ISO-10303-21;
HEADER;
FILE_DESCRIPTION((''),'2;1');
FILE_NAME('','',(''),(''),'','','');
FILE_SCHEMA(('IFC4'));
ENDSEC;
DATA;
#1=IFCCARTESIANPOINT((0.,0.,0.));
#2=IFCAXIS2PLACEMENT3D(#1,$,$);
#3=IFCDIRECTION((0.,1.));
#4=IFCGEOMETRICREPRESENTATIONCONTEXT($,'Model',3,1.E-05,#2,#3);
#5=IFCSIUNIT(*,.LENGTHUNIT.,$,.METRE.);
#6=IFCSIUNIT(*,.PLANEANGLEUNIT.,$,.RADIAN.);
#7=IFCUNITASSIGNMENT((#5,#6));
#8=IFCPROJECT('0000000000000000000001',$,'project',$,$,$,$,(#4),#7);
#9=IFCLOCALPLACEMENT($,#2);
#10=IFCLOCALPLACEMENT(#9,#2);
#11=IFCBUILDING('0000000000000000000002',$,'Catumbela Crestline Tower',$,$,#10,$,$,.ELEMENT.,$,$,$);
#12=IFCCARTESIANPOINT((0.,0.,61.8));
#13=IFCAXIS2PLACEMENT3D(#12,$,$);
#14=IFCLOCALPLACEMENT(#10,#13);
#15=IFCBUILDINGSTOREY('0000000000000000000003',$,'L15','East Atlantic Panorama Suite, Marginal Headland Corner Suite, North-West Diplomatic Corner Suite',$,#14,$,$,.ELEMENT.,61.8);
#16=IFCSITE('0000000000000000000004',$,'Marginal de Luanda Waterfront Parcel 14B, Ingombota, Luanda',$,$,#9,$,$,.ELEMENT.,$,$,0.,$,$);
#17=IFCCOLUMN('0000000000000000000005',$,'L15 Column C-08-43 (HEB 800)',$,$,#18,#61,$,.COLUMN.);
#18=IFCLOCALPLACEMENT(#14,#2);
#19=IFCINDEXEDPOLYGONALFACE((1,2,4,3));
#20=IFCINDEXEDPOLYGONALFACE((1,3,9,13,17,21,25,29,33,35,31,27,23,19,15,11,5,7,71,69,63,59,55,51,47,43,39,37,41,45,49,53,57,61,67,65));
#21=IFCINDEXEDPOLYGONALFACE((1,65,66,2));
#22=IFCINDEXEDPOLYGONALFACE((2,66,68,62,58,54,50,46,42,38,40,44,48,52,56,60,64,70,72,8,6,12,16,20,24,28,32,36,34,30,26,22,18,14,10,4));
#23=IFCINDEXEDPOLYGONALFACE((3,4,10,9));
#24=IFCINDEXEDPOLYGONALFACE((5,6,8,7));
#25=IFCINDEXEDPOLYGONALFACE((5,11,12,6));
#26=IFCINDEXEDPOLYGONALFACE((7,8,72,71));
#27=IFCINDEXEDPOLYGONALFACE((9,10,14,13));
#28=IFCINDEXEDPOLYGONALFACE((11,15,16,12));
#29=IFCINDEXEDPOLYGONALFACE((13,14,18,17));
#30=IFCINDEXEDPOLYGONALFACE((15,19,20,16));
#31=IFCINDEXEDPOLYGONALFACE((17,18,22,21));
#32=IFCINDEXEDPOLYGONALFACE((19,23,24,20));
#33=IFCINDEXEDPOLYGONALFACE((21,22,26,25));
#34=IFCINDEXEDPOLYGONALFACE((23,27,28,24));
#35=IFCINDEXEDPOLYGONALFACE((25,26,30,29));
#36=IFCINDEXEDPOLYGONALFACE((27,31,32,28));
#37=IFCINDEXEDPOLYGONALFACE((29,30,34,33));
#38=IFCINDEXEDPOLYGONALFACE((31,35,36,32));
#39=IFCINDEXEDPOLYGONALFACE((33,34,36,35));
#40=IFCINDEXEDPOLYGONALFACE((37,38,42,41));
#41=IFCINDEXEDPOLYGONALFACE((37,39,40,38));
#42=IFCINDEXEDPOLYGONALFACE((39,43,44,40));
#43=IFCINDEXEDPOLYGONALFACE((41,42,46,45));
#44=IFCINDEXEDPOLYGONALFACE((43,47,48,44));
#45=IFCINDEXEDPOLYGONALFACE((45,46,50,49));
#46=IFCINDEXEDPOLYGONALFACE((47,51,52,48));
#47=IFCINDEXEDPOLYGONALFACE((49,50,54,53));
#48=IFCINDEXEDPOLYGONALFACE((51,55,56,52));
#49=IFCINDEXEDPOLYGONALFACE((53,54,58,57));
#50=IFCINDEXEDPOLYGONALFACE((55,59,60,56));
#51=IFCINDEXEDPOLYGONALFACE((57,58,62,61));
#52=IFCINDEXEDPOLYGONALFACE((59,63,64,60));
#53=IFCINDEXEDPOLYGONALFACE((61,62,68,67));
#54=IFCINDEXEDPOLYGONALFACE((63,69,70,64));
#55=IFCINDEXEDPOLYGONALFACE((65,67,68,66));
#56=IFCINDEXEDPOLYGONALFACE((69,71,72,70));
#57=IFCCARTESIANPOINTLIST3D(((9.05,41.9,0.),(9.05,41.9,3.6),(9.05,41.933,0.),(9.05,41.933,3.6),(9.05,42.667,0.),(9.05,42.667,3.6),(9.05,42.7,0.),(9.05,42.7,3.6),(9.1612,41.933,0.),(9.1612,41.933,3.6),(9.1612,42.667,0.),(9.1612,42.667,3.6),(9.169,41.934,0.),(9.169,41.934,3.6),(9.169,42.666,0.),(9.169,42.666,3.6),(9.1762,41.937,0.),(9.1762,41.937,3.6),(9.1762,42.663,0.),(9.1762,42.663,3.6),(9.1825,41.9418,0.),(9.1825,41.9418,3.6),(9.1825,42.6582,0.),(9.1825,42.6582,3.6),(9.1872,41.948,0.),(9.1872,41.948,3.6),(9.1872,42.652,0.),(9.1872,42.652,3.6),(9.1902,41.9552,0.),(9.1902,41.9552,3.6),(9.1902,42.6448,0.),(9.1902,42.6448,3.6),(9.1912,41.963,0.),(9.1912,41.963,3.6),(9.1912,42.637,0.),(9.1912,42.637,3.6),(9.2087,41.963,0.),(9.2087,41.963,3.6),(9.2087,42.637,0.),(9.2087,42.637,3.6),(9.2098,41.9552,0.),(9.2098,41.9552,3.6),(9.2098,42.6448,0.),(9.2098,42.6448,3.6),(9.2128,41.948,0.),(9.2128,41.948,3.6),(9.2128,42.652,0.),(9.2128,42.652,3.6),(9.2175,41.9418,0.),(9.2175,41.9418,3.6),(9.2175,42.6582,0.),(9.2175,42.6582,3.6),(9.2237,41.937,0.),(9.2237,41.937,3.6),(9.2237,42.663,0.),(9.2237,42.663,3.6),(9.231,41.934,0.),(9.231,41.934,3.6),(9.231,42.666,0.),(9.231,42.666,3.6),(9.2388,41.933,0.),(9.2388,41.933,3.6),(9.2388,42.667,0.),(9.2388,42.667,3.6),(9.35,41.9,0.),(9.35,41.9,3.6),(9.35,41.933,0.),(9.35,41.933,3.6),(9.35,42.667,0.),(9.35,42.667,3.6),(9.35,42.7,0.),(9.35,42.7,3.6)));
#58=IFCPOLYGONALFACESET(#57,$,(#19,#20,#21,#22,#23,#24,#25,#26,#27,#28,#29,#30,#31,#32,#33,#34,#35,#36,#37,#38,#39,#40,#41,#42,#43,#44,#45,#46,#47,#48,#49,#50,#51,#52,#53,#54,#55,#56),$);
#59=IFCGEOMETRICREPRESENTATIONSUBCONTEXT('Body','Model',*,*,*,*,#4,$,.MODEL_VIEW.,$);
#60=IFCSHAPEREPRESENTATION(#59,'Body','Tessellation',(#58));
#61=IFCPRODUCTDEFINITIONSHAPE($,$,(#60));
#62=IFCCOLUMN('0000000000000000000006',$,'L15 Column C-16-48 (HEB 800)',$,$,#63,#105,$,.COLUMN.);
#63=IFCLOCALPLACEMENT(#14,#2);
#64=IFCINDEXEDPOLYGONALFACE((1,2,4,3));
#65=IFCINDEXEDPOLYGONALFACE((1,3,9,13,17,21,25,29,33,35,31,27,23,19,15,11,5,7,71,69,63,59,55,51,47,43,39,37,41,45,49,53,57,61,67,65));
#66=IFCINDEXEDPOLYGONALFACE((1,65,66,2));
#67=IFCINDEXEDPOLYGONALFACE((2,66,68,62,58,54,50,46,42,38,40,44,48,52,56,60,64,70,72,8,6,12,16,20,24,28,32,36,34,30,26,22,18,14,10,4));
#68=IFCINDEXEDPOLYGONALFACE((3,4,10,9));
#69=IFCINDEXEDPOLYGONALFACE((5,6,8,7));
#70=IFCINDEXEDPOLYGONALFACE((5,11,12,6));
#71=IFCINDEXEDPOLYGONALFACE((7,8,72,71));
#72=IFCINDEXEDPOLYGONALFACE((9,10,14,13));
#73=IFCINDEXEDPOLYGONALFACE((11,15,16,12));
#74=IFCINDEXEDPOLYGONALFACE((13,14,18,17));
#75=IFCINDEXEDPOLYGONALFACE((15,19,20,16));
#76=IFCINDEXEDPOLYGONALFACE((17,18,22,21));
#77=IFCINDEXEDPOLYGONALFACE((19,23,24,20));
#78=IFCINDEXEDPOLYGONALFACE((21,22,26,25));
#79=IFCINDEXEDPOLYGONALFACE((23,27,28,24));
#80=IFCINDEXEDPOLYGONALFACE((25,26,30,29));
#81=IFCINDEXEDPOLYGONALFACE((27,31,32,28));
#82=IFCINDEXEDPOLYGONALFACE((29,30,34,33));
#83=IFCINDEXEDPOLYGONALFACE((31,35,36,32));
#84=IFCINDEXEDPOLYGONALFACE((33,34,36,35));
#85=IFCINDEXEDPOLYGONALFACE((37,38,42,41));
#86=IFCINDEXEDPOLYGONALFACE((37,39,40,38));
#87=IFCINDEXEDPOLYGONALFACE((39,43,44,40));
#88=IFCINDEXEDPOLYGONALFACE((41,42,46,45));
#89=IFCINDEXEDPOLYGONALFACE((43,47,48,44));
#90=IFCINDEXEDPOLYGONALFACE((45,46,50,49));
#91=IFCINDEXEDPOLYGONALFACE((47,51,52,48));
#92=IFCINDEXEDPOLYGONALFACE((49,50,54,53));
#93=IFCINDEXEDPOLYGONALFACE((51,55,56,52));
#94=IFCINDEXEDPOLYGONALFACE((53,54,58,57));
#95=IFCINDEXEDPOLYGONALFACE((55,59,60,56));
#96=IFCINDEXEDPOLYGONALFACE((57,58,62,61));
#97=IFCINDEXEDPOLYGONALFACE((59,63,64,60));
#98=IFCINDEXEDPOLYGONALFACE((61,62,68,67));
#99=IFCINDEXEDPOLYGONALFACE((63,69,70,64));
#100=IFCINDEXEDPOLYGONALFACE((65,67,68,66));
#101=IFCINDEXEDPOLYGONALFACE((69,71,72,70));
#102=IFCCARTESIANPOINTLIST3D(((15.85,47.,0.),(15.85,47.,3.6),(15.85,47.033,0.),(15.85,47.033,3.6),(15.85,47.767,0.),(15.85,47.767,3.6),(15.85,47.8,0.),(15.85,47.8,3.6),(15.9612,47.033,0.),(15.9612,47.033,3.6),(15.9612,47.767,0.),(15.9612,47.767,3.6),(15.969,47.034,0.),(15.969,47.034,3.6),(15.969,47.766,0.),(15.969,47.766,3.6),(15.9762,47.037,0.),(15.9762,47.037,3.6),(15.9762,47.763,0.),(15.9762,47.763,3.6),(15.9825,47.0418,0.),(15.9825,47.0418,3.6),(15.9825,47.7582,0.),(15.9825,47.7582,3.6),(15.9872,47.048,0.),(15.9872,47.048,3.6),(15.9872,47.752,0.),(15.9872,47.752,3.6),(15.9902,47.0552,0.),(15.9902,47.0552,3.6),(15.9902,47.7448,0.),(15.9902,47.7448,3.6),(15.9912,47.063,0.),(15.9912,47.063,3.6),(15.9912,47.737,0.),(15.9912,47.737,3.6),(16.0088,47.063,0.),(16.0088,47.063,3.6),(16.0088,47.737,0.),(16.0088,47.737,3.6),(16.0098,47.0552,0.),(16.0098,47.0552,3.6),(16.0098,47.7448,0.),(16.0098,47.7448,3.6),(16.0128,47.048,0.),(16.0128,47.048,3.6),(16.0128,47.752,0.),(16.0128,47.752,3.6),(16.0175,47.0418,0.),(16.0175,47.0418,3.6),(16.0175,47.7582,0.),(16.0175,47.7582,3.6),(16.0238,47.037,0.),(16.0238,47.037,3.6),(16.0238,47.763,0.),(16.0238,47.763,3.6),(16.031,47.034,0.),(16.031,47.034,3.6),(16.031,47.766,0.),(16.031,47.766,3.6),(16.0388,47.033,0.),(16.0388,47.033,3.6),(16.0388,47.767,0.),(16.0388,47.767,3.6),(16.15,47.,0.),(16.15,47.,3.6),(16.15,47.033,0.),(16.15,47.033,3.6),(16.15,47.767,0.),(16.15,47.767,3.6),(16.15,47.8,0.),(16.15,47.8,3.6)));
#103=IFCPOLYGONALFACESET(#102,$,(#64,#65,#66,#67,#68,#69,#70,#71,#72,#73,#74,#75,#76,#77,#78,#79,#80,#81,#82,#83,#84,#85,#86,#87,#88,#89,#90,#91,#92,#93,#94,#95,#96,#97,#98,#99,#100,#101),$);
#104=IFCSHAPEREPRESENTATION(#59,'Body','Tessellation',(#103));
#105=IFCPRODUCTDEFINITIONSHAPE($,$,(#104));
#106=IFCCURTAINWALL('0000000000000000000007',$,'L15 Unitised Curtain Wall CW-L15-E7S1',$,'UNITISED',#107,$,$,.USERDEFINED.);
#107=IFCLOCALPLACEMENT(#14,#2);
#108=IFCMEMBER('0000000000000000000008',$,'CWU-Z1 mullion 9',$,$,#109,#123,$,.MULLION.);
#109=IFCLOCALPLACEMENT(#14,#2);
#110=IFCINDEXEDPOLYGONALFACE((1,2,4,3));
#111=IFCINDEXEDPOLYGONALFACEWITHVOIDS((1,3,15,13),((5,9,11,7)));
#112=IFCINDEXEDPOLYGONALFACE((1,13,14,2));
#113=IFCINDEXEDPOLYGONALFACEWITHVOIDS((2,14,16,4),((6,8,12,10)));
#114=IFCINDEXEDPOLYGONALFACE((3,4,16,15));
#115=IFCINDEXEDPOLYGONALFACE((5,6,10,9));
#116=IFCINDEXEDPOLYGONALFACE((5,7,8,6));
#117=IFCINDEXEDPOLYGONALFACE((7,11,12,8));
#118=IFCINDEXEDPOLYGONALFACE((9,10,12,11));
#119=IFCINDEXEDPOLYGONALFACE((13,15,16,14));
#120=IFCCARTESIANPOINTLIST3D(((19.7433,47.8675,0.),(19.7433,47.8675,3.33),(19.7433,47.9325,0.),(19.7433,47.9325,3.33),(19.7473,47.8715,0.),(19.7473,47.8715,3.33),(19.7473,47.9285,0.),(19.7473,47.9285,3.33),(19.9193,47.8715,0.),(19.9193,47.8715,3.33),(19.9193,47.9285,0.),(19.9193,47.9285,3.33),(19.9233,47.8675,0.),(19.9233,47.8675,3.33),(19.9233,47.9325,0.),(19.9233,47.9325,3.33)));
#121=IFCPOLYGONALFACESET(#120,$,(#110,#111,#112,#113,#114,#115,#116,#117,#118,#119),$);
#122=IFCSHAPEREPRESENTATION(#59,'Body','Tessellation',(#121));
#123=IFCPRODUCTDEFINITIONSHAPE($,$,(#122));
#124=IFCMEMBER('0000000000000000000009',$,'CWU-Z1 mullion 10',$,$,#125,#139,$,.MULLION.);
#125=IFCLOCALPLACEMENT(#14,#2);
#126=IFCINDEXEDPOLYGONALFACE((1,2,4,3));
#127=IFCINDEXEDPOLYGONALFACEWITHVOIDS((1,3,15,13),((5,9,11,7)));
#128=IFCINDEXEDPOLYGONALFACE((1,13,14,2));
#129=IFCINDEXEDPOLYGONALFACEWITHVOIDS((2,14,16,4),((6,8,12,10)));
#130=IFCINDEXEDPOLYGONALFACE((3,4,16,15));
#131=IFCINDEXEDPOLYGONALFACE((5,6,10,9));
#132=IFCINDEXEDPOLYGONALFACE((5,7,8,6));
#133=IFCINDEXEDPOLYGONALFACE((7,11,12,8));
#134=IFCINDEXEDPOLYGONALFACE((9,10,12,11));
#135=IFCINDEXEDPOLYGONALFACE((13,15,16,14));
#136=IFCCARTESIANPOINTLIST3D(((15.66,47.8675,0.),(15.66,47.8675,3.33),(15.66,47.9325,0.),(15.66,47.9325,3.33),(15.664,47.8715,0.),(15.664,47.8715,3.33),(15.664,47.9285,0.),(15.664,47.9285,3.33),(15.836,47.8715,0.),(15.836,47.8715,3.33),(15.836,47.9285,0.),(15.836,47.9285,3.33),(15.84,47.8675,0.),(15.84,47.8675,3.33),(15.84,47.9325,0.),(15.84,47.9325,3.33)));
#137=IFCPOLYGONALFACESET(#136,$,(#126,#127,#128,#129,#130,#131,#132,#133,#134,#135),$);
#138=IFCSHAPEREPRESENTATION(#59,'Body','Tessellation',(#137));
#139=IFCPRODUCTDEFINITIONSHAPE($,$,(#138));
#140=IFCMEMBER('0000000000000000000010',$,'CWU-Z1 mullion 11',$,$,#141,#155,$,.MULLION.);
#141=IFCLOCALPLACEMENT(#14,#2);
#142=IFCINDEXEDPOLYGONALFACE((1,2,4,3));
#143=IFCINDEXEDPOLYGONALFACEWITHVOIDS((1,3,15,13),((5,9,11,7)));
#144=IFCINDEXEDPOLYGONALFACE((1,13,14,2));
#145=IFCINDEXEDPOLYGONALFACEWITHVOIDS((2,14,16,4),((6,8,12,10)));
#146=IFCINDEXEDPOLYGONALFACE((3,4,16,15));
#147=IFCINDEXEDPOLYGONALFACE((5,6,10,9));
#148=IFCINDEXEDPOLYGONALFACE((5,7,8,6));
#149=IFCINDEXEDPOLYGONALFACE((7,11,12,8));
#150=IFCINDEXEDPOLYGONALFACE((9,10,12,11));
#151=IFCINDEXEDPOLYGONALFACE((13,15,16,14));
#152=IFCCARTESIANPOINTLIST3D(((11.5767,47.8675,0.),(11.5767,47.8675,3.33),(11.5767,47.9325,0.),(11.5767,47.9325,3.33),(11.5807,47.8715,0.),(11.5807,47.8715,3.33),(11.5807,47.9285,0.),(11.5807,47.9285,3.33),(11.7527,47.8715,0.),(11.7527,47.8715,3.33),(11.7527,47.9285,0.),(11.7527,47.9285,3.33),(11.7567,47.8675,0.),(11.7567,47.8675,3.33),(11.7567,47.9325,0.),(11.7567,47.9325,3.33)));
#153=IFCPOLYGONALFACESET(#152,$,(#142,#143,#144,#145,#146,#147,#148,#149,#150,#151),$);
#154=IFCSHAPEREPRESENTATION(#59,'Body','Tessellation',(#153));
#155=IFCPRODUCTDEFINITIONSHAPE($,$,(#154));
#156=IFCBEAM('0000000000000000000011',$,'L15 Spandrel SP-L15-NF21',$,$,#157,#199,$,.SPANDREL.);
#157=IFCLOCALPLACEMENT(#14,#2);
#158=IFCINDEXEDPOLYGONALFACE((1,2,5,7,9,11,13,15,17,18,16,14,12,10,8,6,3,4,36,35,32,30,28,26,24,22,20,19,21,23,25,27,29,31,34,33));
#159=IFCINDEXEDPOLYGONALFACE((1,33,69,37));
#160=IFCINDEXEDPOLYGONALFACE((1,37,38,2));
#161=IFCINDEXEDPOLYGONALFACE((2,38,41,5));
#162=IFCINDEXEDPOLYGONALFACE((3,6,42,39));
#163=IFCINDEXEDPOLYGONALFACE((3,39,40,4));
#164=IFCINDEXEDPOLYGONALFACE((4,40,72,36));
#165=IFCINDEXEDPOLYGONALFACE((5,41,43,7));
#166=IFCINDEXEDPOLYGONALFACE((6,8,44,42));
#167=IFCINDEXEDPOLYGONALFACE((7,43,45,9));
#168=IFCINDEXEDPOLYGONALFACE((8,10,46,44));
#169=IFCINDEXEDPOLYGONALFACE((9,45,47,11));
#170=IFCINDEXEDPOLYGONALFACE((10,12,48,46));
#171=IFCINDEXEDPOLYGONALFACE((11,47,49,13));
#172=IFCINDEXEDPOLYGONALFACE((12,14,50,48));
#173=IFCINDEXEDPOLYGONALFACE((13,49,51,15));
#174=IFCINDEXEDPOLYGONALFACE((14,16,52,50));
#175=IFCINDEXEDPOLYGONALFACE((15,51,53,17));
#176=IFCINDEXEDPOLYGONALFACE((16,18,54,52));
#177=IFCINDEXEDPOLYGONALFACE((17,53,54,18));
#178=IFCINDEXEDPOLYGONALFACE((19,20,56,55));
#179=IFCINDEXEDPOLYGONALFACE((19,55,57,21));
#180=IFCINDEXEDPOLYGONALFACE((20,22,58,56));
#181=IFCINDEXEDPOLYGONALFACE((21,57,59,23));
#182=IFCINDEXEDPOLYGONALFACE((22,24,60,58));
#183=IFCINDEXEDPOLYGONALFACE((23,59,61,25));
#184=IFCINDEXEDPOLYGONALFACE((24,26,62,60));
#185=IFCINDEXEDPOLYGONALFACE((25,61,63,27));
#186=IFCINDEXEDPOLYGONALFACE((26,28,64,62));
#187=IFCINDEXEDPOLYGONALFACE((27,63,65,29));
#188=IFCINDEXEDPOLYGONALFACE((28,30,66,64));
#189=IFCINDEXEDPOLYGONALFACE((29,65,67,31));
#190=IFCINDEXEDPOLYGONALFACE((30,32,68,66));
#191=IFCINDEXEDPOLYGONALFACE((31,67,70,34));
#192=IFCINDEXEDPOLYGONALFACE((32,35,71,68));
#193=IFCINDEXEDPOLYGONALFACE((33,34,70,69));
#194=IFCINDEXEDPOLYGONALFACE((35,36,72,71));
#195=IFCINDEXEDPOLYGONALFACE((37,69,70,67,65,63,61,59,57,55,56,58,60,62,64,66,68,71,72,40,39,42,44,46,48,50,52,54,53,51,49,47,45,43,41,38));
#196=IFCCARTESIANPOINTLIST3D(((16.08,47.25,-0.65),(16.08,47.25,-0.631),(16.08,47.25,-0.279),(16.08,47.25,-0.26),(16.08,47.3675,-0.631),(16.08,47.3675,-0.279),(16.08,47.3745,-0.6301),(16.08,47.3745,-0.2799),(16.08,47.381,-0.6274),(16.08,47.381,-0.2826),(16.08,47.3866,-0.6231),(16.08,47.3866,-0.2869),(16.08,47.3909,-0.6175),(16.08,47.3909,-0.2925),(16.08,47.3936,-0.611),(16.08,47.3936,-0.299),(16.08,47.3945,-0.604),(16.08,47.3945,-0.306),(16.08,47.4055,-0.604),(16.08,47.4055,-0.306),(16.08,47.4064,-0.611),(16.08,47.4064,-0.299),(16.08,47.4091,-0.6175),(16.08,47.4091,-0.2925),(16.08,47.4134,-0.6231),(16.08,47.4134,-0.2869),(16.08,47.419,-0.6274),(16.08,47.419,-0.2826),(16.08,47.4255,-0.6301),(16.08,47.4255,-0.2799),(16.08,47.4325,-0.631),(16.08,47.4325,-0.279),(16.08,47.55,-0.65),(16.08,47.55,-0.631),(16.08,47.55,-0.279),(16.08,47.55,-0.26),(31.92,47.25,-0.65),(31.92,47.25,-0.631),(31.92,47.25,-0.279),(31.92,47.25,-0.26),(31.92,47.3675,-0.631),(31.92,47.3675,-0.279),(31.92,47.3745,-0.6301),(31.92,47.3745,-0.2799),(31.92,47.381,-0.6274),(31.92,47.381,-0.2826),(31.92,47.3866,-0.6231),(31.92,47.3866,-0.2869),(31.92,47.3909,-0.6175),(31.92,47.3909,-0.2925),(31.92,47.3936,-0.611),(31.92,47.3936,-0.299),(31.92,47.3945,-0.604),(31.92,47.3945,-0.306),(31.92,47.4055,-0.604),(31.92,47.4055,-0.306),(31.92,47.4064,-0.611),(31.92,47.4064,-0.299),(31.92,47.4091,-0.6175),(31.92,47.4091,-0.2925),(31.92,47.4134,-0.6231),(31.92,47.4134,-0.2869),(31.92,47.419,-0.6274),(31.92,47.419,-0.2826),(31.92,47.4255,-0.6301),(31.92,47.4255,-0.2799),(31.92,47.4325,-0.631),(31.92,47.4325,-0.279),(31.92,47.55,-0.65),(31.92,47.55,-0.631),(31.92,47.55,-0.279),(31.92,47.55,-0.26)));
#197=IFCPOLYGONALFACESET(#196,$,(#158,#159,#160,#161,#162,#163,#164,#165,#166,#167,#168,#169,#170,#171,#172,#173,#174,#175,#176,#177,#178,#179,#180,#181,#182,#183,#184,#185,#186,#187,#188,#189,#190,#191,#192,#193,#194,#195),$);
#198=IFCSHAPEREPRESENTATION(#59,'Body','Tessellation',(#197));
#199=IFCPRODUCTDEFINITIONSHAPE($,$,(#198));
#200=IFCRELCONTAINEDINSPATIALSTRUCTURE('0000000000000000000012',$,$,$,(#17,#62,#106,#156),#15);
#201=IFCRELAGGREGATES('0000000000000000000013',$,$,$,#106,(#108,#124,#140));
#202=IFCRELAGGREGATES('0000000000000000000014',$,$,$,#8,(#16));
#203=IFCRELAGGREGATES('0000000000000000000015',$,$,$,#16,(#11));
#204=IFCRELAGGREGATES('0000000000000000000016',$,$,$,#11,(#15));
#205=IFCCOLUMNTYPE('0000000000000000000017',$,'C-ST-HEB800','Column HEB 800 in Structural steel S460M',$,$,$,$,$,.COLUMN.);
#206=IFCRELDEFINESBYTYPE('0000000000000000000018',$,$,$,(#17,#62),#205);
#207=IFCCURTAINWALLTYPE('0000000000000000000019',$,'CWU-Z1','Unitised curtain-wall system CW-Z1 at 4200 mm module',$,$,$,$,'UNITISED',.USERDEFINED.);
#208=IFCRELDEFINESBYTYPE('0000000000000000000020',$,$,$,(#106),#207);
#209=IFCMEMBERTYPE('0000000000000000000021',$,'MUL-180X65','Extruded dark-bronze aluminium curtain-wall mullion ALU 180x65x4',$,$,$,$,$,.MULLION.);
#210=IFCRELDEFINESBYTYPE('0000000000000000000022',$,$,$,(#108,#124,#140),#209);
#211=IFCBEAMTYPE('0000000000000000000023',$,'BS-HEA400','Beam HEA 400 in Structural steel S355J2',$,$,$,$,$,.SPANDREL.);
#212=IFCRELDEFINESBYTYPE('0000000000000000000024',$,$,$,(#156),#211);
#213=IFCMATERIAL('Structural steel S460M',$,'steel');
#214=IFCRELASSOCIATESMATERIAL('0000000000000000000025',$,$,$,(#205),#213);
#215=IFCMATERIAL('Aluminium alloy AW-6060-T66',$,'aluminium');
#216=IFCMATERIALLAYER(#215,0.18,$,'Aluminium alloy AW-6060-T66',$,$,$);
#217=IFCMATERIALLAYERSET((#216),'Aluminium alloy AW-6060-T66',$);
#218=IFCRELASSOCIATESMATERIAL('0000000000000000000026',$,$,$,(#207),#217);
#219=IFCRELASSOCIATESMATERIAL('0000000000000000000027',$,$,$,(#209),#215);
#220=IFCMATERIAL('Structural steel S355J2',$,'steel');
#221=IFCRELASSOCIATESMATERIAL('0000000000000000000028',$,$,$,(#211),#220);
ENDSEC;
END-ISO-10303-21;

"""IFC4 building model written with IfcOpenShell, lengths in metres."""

from ifc_helpers import new_model, si_unit, direction, frame, origin, origin_2d, place, context, subcontext, project, spatial, hollow_rectangle, i_section, extrude, material, layer, layer_set, material_profile, profile_set, type_object, element, aggregate, save


model = new_model("IFC4")

# Units and contexts
model_context = context("Model", 3, precision=1e-05, world=origin(), true_north=direction((0.0, 1.0)))
body_context = subcontext(model_context, "Body", "Model", "MODEL_VIEW")
ifc_project = project(units=[si_unit("LENGTHUNIT", "METRE"), si_unit("PLANEANGLEUNIT", "RADIAN")], contexts=[model_context])

# Site, building, storey
site_placement = place(None, origin())
site = spatial("IfcSite", under=ifc_project, at=site_placement, Name="Marginal de Luanda Waterfront Parcel 14B, Ingombota, Luanda", CompositionType="ELEMENT", RefElevation=0.0)
building_placement = place(site_placement, origin())
building = spatial("IfcBuilding", under=site, at=building_placement, Name="Catumbela Crestline Tower", CompositionType="ELEMENT")
storey_placement = place(building_placement, frame((0.0, 0.0, 61.8)))
storey = spatial("IfcBuildingStorey", under=building, at=storey_placement, Name="L15", Description="East Atlantic Panorama Suite, Marginal Headland Corner Suite, North-West Diplomatic Corner Suite", CompositionType="ELEMENT", Elevation=61.8)

# Columns
ifc_material_1 = material(Name="Structural steel S460M", Category="steel")
ifc_material_profile_1 = material_profile(ifc_material_1, i_section(OverallWidth=0.3, OverallDepth=0.8, WebThickness=0.0175, FlangeThickness=0.033, FilletRadius=0.03, at=origin_2d()), Name="HEB 800")
ifc_profile_set_1 = profile_set([ifc_material_profile_1], Name="Structural steel S460M")
column_type = type_object("IfcColumnType", Name="C-ST-HEB800", Description="Column HEB 800 in Structural steel S460M", PredefinedType="COLUMN", material=ifc_profile_set_1)
for number, where, z_axis, x_axis, name in (
    (1, (9.2, 42.3, 0.0), (0.0, 0.0, 1.0), (1.0, 0.0, 0.0), "L15 Column C-08-43 (HEB 800)"),
    (2, (16.0, 47.4, 0.0), (0.0, 0.0, 1.0), (1.0, 0.0, 0.0), "L15 Column C-16-48 (HEB 800)"),
):
    element("IfcColumn", number, at=place(storey_placement, frame(where, z_axis=z_axis, x_axis=x_axis)), inside=storey, type_object=column_type, Name=name, PredefinedType="COLUMN", context=body_context, shape_type="SweptSolid", body=[
        extrude(i_section(OverallWidth=0.3, OverallDepth=0.8, WebThickness=0.0175, FlangeThickness=0.033, FilletRadius=0.03, at=origin_2d()), origin(), (0.0, 0.0, 1.0), 3.6),
    ])

# Curtain wall, members
ifc_material_2 = material(Name="Aluminium alloy AW-6060-T66", Category="aluminium")
ifc_layer_1 = layer(ifc_material_2, 0.18, Name="Aluminium alloy AW-6060-T66")
ifc_layer_set_1 = layer_set([ifc_layer_1], Name="Aluminium alloy AW-6060-T66")
curtain_wall_type = type_object("IfcCurtainWallType", Name="CWU-Z1", Description="Unitised curtain-wall system CW-Z1 at 4200 mm module", ElementType="UNITISED", PredefinedType="USERDEFINED", material=ifc_layer_set_1)
curtain_wall_placement = place(storey_placement, origin())
curtain_wall = element("IfcCurtainWall", 3, at=curtain_wall_placement, inside=storey, type_object=curtain_wall_type, Name="L15 Unitised Curtain Wall CW-L15-E7S1", ObjectType="UNITISED", PredefinedType="USERDEFINED")
ifc_material_profile_2 = material_profile(ifc_material_2, hollow_rectangle(XDim=0.065, YDim=0.18, WallThickness=0.004, at=origin_2d()), Name="ALU 180x65x4")
ifc_profile_set_2 = profile_set([ifc_material_profile_2], Name="Aluminium alloy AW-6060-T66")
member_type_1 = type_object("IfcMemberType", Name="MUL-180X65", Description="Extruded dark-bronze aluminium curtain-wall mullion ALU 180x65x4", PredefinedType="MULLION", material=ifc_profile_set_2)
member_1_placement = place(storey_placement, frame((19.8333, 47.9, 0.0), z_axis=(0.0, 0.0, 1.0), x_axis=(0.0, -1.0, 0.0)))
member_1 = element("IfcMember", 4, at=member_1_placement, type_object=member_type_1, Name="CWU-Z1 mullion 9", PredefinedType="MULLION", context=body_context, shape_type="SweptSolid", body=[
    extrude(hollow_rectangle(XDim=0.065, YDim=0.18, WallThickness=0.004, at=origin_2d()), origin(), (0.0, 0.0, 1.0), 3.33),
])
member_2_placement = place(storey_placement, frame((15.75, 47.9, 0.0), z_axis=(0.0, 0.0, 1.0), x_axis=(0.0, -1.0, 0.0)))
member_2 = element("IfcMember", 5, at=member_2_placement, type_object=member_type_1, Name="CWU-Z1 mullion 10", PredefinedType="MULLION", context=body_context, shape_type="SweptSolid", body=[
    extrude(hollow_rectangle(XDim=0.065, YDim=0.18, WallThickness=0.004, at=origin_2d()), origin(), (0.0, 0.0, 1.0), 3.33),
])
member_3_placement = place(storey_placement, frame((11.6667, 47.9, 0.0), z_axis=(0.0, 0.0, 1.0), x_axis=(0.0, -1.0, 0.0)))
member_3 = element("IfcMember", 6, at=member_3_placement, type_object=member_type_1, Name="CWU-Z1 mullion 11", PredefinedType="MULLION", context=body_context, shape_type="SweptSolid", body=[
    extrude(hollow_rectangle(XDim=0.065, YDim=0.18, WallThickness=0.004, at=origin_2d()), origin(), (0.0, 0.0, 1.0), 3.33),
])

# Beam
ifc_material_3 = material(Name="Structural steel S355J2", Category="steel")
ifc_material_profile_3 = material_profile(ifc_material_3, i_section(OverallWidth=0.3, OverallDepth=0.39, WebThickness=0.011, FlangeThickness=0.019, FilletRadius=0.027, at=origin_2d()), Name="HEA 400")
ifc_profile_set_3 = profile_set([ifc_material_profile_3], Name="Structural steel S355J2")
beam_type = type_object("IfcBeamType", Name="BS-HEA400", Description="Beam HEA 400 in Structural steel S355J2", PredefinedType="SPANDREL", material=ifc_profile_set_3)
beam_placement = place(storey_placement, frame((16.08, 47.4, -0.455), z_axis=(1.0, 0.0, 0.0), x_axis=(0.0, 1.0, 0.0)))
element("IfcBeam", 7, at=beam_placement, inside=storey, type_object=beam_type, Name="L15 Spandrel SP-L15-NF21", PredefinedType="SPANDREL", context=body_context, shape_type="SweptSolid", body=[
    extrude(i_section(OverallWidth=0.3, OverallDepth=0.39, WebThickness=0.011, FlangeThickness=0.019, FilletRadius=0.027, at=origin_2d()), origin(), (0.0, 0.0, 1.0), 15.84),
])

aggregate(curtain_wall, [member_1, member_2, member_3])

save(model, "model.ifc")
